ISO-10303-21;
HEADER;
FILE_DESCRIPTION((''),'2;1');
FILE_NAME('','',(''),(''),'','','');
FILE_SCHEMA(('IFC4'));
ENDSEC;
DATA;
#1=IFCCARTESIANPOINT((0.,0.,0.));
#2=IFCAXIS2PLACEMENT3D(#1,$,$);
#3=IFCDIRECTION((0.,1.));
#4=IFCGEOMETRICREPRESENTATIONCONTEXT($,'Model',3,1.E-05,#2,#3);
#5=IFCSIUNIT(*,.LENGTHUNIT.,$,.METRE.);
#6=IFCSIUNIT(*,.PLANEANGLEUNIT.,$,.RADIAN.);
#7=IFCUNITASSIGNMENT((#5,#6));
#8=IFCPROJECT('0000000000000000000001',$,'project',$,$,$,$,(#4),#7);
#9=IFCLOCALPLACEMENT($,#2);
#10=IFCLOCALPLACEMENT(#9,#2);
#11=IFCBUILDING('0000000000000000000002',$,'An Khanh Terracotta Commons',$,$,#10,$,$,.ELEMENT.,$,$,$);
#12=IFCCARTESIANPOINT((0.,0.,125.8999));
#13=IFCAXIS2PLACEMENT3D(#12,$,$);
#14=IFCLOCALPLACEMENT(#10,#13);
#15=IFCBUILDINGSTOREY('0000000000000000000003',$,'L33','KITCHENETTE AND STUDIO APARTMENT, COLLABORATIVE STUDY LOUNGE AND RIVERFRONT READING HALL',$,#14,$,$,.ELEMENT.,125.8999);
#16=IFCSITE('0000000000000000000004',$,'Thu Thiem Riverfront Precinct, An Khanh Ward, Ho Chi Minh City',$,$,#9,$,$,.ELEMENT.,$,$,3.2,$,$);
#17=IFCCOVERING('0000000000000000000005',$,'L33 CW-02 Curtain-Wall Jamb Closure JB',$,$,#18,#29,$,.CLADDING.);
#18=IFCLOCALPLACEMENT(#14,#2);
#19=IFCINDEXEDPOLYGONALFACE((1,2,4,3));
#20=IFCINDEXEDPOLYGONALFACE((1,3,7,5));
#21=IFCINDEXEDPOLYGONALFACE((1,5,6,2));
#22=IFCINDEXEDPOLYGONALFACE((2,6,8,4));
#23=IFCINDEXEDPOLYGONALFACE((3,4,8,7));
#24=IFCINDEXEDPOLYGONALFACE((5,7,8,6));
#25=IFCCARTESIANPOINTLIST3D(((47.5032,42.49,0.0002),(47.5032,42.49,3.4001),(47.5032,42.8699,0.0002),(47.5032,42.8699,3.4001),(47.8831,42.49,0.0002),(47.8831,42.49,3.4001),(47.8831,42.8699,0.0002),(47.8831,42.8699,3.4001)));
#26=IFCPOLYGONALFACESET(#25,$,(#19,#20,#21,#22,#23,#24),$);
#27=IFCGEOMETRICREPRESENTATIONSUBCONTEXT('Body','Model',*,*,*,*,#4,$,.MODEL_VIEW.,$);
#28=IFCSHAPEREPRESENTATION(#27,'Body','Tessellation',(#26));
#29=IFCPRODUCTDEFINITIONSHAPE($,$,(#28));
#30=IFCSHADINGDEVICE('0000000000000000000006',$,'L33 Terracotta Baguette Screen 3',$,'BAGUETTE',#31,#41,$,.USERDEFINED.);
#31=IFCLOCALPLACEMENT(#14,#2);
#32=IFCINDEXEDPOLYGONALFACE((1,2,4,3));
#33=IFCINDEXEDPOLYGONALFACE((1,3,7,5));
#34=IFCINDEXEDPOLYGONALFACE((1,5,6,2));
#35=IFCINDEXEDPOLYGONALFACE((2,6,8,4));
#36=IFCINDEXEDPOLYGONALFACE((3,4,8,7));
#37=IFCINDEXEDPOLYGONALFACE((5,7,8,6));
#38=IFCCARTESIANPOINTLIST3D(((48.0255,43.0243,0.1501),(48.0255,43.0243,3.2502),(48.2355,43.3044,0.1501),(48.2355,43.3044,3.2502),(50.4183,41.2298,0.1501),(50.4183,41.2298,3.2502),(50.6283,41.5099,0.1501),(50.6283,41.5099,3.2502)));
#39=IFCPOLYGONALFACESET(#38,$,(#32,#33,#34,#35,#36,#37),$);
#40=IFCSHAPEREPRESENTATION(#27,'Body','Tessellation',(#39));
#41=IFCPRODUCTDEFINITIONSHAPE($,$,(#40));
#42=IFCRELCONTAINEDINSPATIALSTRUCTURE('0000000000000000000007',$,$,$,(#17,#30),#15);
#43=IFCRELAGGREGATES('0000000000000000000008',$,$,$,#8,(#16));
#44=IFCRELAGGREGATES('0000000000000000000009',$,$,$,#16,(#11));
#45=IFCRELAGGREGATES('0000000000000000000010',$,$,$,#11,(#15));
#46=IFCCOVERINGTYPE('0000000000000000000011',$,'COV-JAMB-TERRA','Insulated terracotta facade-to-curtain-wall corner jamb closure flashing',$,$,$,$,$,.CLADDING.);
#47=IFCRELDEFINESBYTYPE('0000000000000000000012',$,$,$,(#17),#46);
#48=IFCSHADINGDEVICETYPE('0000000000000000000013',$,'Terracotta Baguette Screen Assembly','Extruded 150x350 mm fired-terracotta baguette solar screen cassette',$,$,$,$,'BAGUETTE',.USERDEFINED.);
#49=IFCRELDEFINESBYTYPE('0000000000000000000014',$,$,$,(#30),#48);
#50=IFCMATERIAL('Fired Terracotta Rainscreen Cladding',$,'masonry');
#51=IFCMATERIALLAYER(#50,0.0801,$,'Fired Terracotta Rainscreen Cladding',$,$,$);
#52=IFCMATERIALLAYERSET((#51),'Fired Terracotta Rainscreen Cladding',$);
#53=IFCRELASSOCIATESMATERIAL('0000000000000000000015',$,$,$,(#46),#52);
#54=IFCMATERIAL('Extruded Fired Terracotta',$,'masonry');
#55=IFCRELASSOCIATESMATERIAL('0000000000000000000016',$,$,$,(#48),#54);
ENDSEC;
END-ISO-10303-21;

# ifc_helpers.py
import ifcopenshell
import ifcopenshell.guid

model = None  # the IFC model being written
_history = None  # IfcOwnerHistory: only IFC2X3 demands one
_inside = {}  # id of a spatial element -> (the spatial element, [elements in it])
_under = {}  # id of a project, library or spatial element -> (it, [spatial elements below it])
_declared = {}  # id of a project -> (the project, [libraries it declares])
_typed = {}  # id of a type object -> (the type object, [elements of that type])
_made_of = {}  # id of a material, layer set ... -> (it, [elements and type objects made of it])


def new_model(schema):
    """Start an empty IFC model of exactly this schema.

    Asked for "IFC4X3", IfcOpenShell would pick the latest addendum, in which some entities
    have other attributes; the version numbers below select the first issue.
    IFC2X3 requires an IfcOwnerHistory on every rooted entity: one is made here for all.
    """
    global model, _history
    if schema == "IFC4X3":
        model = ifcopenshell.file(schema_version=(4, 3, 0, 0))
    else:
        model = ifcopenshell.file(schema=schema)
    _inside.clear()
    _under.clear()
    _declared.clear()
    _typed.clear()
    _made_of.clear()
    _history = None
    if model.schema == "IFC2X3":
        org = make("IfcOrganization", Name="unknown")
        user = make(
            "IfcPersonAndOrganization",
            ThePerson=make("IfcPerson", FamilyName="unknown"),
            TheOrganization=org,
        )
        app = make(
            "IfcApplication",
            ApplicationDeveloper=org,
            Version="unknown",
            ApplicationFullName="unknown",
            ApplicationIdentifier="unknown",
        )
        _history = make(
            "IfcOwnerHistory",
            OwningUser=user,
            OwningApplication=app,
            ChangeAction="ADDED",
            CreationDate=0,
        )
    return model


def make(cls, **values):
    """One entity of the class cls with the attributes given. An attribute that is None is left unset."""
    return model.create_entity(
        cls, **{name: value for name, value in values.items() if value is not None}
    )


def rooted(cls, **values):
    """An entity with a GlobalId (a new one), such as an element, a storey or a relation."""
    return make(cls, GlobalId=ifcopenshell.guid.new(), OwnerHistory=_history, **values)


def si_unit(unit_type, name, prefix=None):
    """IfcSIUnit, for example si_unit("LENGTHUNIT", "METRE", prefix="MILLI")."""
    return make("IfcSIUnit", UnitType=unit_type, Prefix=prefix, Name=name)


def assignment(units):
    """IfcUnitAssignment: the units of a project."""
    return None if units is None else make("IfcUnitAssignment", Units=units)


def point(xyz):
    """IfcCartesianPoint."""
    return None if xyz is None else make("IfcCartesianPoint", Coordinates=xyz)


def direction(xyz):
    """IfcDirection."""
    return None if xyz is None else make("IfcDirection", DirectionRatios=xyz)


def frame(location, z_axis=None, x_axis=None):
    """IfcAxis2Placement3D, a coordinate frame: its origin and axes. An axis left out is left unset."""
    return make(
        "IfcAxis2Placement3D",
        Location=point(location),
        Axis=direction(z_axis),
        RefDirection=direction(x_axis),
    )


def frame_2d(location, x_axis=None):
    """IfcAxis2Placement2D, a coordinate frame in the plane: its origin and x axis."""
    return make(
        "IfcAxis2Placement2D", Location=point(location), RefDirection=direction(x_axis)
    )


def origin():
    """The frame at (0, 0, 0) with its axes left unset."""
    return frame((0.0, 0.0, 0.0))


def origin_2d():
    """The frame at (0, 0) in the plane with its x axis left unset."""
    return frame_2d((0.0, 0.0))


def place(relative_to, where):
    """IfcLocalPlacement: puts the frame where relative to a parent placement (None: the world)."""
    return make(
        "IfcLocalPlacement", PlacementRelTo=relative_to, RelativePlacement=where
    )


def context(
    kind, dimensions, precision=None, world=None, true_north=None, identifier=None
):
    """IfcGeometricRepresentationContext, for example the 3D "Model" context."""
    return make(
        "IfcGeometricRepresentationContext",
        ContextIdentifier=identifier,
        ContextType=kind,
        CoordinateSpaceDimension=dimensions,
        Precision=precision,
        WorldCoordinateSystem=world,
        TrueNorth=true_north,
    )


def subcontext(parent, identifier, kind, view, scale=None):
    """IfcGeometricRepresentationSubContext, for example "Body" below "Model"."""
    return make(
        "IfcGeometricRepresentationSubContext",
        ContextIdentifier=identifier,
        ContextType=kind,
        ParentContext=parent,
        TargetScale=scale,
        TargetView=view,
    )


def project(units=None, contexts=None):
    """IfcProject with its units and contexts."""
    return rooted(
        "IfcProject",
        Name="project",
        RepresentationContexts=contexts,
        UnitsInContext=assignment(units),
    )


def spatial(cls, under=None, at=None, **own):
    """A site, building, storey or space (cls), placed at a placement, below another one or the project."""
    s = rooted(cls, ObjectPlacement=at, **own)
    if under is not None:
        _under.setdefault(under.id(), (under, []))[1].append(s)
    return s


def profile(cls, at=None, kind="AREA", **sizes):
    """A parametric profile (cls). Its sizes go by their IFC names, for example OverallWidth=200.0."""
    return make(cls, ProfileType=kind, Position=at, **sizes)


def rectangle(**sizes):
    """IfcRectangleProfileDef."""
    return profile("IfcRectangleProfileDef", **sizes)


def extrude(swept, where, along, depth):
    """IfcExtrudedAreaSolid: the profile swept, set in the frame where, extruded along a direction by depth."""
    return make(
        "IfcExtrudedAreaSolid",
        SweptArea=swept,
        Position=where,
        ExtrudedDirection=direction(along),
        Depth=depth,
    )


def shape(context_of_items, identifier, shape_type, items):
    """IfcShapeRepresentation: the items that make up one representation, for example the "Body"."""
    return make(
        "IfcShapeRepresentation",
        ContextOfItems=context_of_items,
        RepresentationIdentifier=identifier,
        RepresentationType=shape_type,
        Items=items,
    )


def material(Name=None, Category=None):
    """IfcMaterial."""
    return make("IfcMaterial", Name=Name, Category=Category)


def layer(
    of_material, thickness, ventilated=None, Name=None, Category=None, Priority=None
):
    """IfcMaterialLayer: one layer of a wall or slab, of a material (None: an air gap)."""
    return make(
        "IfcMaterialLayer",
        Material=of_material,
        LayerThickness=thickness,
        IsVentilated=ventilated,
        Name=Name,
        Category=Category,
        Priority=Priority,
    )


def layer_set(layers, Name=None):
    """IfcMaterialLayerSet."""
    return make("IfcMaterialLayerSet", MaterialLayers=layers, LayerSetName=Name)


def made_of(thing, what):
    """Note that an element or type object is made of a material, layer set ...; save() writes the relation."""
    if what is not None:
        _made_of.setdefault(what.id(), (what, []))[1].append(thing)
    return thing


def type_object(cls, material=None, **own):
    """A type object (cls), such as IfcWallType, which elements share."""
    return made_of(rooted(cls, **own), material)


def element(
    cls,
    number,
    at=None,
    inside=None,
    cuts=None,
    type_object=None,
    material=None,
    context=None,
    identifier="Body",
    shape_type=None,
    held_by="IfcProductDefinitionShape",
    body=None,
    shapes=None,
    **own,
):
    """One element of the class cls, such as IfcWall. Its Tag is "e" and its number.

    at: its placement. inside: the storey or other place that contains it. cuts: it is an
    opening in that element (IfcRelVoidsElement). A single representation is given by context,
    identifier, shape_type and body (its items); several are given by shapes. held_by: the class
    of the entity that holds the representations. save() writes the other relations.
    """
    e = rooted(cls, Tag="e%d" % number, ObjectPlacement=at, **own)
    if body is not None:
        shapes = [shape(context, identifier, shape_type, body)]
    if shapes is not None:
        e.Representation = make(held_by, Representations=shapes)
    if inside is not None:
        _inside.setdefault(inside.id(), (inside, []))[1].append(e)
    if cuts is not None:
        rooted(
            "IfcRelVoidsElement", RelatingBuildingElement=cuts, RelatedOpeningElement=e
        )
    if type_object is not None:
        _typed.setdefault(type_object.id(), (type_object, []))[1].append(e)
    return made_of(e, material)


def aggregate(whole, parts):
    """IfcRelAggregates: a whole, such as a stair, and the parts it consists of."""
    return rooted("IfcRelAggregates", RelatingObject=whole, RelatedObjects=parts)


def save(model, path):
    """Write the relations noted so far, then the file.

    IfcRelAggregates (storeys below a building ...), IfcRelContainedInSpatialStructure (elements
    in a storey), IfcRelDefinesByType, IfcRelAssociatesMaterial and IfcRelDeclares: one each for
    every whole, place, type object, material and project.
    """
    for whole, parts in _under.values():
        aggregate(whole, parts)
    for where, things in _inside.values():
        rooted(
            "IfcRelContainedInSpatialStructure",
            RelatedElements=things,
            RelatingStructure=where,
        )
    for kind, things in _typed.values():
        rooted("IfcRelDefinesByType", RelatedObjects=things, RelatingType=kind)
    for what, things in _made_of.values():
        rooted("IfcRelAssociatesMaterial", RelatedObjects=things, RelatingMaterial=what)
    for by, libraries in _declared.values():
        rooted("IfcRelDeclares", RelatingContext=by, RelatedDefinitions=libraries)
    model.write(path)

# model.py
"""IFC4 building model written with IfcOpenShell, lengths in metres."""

from ifc_helpers import new_model, si_unit, direction, frame, origin, origin_2d, place, context, subcontext, project, spatial, rectangle, extrude, material, layer, layer_set, type_object, element, save


model = new_model("IFC4")

# Units and contexts
model_context = context("Model", 3, precision=1e-05, world=origin(), true_north=direction((0.0, 1.0)))
body_context = subcontext(model_context, "Body", "Model", "MODEL_VIEW")
ifc_project = project(units=[si_unit("LENGTHUNIT", "METRE"), si_unit("PLANEANGLEUNIT", "RADIAN")], contexts=[model_context])

# Site, building, storey
site_placement = place(None, origin())
site = spatial("IfcSite", under=ifc_project, at=site_placement, Name="Thu Thiem Riverfront Precinct, An Khanh Ward, Ho Chi Minh City", CompositionType="ELEMENT", RefElevation=3.2)
building_placement = place(site_placement, origin())
building = spatial("IfcBuilding", under=site, at=building_placement, Name="An Khanh Terracotta Commons", CompositionType="ELEMENT")
storey_placement = place(building_placement, frame((0.0, 0.0, 125.8999)))
storey = spatial("IfcBuildingStorey", under=building, at=storey_placement, Name="L33", Description="KITCHENETTE AND STUDIO APARTMENT, COLLABORATIVE STUDY LOUNGE AND RIVERFRONT READING HALL", CompositionType="ELEMENT", Elevation=125.8999)

# Covering
ifc_material_1 = material(Name="Fired Terracotta Rainscreen Cladding", Category="masonry")
ifc_layer_1 = layer(ifc_material_1, 0.0801, Name="Fired Terracotta Rainscreen Cladding")
ifc_layer_set_1 = layer_set([ifc_layer_1], Name="Fired Terracotta Rainscreen Cladding")
covering_type = type_object("IfcCoveringType", Name="COV-JAMB-TERRA", Description="Insulated terracotta facade-to-curtain-wall corner jamb closure flashing", PredefinedType="CLADDING", material=ifc_layer_set_1)
covering_placement = place(storey_placement, frame((47.6931, 42.6799, 0.0002), z_axis=(0.0, 0.0, 1.0), x_axis=(1.0, 0.0, 0.0)))
element("IfcCovering", 1, at=covering_placement, inside=storey, type_object=covering_type, Name="L33 CW-02 Curtain-Wall Jamb Closure JB", PredefinedType="CLADDING", context=body_context, shape_type="SweptSolid", body=[
    extrude(rectangle(XDim=0.3799, YDim=0.3799, at=origin_2d()), origin(), (0.0, 0.0, 1.0), 3.3999),
])

# Shading device
ifc_material_2 = material(Name="Extruded Fired Terracotta", Category="masonry")
shading_device_type = type_object("IfcShadingDeviceType", Name="Terracotta Baguette Screen Assembly", Description="Extruded 150x350 mm fired-terracotta baguette solar screen cassette", ElementType="BAGUETTE", PredefinedType="USERDEFINED", material=ifc_material_2)
shading_device_placement = place(storey_placement, frame((49.3269, 42.2671, 0.1501), z_axis=(0.0, 0.0, 1.0), x_axis=(-0.800013, 0.599983, 0.0)))
element("IfcShadingDevice", 2, at=shading_device_placement, inside=storey, type_object=shading_device_type, Name="L33 Terracotta Baguette Screen 3", ObjectType="BAGUETTE", PredefinedType="USERDEFINED", context=body_context, shape_type="SweptSolid", body=[
    extrude(rectangle(XDim=2.991, YDim=0.3501, at=origin_2d()), origin(), (0.0, 0.0, 1.0), 3.1001),
])

save(model, "model.ifc")
